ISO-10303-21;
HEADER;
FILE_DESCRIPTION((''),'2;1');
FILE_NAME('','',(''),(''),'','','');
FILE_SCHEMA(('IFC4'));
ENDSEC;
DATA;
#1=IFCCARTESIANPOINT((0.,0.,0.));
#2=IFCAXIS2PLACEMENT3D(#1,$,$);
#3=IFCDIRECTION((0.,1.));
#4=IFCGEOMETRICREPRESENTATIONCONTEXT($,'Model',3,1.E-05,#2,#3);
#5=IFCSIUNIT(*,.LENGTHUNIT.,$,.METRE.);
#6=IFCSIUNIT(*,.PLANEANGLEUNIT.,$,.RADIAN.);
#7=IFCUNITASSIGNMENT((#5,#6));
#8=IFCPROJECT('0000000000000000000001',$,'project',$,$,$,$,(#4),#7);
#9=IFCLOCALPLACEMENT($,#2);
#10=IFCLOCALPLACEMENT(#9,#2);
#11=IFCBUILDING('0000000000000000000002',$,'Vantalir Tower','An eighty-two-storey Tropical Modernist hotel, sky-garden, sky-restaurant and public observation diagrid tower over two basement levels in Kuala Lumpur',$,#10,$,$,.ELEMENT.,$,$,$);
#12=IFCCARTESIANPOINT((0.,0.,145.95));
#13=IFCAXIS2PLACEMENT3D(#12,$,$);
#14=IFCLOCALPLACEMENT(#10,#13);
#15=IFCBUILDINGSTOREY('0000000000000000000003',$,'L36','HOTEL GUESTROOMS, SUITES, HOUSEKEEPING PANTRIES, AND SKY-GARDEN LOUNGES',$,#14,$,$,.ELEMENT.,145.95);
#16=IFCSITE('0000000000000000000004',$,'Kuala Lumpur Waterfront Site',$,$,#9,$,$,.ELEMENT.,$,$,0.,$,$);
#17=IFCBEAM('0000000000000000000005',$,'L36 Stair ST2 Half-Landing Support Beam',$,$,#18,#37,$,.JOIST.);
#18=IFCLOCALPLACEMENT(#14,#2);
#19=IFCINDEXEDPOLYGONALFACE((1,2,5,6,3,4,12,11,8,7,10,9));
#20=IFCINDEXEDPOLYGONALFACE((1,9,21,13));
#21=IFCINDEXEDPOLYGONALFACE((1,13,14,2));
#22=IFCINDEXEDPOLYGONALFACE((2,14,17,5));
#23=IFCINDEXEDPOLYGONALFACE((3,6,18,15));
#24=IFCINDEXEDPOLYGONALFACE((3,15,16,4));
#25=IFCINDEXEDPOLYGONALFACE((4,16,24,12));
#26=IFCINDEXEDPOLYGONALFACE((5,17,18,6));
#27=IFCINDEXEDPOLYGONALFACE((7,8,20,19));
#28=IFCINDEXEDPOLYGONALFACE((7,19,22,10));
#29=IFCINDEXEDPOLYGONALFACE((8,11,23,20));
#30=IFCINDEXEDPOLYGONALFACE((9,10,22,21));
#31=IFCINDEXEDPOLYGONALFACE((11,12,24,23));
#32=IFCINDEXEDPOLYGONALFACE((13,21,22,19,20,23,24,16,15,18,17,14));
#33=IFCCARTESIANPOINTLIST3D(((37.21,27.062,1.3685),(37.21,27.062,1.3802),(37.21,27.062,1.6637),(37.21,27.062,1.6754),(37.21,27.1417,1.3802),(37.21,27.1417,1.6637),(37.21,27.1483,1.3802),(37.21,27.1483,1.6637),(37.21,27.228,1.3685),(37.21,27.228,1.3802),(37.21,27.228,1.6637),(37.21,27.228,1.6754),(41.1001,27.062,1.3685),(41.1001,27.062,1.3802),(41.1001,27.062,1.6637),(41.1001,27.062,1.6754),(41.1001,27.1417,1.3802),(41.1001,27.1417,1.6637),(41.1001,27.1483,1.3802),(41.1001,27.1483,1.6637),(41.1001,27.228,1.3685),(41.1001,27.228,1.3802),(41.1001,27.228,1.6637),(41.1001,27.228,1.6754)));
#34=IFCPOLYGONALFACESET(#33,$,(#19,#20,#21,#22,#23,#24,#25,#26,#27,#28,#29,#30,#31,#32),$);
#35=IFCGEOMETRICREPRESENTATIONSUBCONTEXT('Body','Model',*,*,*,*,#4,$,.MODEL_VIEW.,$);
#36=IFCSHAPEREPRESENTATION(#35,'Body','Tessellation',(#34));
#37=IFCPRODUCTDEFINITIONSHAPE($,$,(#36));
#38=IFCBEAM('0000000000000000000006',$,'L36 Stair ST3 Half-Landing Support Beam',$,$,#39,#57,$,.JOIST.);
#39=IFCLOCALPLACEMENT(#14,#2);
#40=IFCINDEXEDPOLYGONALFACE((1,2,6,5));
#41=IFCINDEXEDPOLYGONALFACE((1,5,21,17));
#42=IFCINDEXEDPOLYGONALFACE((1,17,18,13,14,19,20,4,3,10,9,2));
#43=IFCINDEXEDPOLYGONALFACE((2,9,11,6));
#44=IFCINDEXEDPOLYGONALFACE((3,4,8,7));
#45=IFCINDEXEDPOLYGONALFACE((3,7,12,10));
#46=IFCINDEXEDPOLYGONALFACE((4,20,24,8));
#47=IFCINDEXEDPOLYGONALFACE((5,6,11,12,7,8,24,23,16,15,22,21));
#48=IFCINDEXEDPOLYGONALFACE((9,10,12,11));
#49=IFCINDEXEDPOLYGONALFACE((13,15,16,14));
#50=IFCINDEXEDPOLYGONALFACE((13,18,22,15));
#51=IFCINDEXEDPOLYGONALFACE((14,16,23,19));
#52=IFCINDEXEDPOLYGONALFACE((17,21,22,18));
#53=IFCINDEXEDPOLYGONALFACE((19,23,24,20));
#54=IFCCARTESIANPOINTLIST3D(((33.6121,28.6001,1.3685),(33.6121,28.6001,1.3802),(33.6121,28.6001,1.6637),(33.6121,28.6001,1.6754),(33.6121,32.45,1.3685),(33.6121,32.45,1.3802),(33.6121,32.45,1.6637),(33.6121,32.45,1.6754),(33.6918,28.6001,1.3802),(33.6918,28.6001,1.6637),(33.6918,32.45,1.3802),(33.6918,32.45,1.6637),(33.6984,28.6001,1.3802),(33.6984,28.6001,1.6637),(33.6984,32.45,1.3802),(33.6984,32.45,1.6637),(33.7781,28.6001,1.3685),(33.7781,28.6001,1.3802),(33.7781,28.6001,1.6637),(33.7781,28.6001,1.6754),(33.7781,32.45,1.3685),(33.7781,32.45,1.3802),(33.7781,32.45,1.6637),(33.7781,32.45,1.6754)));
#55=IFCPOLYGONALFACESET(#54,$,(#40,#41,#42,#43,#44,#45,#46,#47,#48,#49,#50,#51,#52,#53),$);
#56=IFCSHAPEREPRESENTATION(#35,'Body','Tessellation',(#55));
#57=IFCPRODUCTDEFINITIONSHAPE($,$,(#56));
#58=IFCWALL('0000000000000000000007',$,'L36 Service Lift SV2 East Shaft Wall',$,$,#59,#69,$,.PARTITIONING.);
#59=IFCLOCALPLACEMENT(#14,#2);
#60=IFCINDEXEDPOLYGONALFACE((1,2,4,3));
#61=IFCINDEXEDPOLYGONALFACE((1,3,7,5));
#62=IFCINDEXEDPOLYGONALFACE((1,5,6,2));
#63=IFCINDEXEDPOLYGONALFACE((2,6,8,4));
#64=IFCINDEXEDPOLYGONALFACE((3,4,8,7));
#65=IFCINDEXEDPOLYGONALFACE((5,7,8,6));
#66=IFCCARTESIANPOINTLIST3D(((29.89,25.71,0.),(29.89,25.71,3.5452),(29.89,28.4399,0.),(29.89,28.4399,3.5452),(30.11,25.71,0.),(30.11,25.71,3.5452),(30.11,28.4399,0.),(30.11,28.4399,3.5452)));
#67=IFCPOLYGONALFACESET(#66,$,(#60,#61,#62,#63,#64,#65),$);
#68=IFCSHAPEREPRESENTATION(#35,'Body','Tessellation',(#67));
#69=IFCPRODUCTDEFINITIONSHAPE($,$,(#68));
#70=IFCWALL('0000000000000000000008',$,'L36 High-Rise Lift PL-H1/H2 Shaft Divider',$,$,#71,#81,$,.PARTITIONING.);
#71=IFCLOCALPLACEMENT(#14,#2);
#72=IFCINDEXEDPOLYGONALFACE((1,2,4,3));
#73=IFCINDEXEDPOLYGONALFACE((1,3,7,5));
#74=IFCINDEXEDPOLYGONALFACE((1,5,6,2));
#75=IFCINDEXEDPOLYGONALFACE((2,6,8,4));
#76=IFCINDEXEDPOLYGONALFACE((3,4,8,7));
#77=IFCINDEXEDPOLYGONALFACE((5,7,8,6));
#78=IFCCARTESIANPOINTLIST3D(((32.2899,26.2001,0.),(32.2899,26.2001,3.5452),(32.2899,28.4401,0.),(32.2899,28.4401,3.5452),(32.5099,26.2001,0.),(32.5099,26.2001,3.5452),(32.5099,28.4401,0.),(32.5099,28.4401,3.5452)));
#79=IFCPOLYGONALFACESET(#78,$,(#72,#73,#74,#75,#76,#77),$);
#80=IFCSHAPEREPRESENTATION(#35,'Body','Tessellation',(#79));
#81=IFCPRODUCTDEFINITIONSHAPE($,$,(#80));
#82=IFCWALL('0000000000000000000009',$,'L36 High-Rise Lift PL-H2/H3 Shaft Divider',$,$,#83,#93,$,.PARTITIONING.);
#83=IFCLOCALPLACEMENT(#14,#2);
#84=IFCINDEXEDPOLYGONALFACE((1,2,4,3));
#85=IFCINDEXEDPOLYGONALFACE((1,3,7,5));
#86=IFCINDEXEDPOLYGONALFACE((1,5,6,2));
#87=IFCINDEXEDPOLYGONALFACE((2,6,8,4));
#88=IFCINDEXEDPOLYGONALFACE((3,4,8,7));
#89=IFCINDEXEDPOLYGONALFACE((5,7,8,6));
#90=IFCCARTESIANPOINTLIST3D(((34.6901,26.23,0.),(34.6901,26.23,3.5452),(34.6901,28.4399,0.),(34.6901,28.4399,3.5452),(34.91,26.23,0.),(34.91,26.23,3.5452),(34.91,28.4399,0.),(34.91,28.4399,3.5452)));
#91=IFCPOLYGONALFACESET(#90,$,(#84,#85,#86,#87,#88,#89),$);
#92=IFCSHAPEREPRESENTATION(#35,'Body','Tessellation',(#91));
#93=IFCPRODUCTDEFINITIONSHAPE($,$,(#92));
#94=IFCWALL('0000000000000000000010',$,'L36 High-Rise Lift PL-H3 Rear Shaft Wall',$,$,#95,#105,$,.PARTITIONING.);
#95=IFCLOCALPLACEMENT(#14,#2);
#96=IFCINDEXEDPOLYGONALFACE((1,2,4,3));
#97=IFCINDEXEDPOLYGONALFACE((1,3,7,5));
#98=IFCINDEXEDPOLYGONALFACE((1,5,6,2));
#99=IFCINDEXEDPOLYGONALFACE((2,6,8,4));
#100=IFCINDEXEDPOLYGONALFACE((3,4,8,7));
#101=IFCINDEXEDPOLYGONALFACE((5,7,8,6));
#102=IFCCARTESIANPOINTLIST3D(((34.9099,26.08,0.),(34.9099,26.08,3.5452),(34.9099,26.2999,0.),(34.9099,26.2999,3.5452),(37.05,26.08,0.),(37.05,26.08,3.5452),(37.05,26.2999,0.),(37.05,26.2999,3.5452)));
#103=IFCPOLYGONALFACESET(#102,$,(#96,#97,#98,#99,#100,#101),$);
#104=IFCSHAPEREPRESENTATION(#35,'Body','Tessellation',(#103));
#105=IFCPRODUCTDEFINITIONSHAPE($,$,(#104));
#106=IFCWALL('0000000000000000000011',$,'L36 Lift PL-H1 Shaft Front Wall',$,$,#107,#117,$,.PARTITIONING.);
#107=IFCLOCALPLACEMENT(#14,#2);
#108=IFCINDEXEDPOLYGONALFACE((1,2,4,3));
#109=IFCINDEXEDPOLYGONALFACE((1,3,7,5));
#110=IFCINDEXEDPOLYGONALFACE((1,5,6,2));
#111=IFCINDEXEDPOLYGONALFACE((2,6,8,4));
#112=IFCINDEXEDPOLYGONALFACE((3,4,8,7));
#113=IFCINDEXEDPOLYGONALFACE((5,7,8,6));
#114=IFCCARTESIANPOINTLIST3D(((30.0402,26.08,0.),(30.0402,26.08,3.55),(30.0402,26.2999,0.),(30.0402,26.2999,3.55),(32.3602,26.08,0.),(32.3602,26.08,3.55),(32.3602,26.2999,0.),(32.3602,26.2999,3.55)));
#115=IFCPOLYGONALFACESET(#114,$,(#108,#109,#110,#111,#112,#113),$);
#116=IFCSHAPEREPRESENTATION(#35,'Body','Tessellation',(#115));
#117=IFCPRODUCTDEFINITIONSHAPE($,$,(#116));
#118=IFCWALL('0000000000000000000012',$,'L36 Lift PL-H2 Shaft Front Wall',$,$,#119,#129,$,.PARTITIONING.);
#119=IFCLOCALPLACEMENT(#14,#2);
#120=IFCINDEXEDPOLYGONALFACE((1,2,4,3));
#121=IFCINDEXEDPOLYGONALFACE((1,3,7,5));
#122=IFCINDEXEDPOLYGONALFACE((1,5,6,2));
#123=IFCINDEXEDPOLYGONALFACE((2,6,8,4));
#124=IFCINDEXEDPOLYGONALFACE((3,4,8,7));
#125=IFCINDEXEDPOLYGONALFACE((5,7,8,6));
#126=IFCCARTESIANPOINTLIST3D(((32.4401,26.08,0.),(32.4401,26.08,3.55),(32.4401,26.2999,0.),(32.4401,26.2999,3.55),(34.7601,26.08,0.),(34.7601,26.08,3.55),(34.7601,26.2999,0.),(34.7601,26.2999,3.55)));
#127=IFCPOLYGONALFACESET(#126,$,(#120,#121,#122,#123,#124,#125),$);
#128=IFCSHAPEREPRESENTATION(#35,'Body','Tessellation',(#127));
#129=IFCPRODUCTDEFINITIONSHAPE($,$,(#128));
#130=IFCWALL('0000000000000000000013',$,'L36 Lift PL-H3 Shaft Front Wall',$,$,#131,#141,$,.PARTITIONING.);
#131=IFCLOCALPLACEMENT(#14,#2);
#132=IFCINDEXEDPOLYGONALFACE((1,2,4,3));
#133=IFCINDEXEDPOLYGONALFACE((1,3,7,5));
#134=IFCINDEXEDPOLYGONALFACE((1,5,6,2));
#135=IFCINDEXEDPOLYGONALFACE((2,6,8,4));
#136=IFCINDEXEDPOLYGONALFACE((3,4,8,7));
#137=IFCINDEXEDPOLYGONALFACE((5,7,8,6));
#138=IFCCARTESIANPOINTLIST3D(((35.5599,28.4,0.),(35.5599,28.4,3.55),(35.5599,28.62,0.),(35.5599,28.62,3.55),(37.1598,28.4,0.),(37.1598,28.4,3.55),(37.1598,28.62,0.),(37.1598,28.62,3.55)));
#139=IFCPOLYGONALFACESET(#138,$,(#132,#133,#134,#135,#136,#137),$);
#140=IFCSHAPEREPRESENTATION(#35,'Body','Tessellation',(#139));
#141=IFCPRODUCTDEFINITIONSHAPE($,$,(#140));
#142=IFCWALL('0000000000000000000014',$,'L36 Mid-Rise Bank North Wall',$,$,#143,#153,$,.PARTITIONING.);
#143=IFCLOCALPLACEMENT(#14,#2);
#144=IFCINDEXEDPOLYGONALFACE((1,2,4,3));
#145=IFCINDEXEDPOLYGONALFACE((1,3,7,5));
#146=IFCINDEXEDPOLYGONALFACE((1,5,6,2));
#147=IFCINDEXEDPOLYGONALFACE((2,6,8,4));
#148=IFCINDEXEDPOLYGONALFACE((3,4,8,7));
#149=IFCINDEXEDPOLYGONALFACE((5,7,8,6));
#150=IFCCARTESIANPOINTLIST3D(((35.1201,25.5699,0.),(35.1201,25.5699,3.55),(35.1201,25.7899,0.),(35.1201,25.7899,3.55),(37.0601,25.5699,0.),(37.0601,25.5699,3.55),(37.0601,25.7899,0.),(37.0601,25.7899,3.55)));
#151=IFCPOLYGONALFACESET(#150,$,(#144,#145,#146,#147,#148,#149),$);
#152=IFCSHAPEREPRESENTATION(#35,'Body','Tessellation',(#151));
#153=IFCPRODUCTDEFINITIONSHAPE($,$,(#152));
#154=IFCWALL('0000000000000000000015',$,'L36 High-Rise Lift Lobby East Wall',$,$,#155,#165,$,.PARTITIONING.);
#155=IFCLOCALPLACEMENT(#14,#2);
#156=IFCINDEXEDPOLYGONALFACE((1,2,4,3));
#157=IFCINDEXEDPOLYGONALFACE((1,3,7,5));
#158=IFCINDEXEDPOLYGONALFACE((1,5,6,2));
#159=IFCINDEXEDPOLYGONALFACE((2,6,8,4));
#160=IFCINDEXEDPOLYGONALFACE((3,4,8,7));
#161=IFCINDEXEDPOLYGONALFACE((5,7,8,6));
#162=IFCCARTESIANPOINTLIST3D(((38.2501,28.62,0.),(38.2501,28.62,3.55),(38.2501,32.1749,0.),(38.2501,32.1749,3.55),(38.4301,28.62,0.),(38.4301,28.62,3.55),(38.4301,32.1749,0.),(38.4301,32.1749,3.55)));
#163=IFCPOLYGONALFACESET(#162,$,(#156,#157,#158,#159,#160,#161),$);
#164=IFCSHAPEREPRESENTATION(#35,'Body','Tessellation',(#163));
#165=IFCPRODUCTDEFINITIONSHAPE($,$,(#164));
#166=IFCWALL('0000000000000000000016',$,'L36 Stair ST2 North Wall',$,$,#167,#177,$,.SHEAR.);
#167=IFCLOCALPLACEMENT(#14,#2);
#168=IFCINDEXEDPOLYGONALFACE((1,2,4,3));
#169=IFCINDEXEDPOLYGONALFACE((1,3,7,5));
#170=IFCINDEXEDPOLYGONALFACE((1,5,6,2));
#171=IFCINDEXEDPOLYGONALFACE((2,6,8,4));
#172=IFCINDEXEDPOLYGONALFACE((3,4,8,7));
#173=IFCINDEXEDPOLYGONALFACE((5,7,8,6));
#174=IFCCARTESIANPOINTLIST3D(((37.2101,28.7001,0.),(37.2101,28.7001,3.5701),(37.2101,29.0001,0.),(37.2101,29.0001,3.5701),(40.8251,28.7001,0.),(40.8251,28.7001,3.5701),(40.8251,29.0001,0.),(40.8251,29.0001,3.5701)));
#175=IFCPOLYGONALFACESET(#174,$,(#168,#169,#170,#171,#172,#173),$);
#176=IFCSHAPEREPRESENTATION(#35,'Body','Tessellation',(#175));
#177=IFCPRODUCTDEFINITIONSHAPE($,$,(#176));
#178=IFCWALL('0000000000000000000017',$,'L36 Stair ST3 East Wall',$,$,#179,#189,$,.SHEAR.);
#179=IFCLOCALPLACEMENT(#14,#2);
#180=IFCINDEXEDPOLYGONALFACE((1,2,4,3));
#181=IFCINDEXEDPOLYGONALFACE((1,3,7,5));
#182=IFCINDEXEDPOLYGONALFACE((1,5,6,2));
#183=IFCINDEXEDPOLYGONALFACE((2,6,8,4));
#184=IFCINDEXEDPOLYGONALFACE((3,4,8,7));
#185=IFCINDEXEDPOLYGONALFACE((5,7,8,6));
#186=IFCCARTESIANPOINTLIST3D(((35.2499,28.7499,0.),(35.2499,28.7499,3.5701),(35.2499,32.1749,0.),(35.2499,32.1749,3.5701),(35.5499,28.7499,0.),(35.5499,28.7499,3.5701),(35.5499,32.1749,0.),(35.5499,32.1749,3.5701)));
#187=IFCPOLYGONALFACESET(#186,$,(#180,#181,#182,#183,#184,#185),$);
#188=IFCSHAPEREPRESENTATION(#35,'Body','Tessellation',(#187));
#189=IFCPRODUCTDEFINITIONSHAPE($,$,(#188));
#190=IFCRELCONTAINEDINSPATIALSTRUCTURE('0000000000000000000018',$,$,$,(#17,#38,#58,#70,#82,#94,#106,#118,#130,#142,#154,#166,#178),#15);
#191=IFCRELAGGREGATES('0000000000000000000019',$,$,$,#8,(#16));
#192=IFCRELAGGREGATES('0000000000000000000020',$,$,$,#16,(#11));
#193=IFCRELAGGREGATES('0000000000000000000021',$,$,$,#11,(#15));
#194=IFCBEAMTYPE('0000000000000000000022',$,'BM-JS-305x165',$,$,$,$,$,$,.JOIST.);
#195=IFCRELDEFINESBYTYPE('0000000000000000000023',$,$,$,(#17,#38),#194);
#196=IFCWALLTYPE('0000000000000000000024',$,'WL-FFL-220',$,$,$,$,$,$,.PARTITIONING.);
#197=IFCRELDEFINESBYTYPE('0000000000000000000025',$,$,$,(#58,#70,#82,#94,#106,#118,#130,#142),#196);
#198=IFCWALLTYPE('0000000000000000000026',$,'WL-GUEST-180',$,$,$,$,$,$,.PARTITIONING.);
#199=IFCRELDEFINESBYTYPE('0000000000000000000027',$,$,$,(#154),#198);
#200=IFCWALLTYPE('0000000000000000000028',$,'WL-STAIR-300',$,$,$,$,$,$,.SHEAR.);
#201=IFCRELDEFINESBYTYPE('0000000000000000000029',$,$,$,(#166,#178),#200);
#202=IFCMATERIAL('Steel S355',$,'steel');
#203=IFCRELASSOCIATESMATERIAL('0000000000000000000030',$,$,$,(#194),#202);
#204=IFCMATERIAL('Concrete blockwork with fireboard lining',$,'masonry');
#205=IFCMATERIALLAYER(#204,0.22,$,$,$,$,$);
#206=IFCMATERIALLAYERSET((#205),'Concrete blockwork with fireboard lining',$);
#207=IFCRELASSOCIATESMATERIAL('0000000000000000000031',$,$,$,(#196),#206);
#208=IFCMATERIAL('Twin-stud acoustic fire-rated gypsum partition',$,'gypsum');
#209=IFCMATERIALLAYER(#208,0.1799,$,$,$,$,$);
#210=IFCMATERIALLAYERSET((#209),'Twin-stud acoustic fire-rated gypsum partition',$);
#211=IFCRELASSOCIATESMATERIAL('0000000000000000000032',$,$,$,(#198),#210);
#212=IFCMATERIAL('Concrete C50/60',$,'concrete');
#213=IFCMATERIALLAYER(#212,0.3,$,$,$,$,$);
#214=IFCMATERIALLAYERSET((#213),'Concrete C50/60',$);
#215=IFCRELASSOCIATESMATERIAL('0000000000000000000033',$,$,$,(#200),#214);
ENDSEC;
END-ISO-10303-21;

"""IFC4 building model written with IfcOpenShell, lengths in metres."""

from ifc_helpers import new_model, si_unit, direction, frame, frame_2d, origin, origin_2d, place, context, subcontext, project, spatial, rectangle, i_section, extrude, material, layer, layer_set, material_profile, profile_set, type_object, element, save


model = new_model("IFC4")

# Units and contexts
model_context = context("Model", 3, precision=1e-05, world=origin(), true_north=direction((0.0, 1.0)))
body_context = subcontext(model_context, "Body", "Model", "MODEL_VIEW")
ifc_project = project(units=[si_unit("LENGTHUNIT", "METRE"), si_unit("PLANEANGLEUNIT", "RADIAN")], contexts=[model_context])

# Site, building, storey
site_placement = place(None, origin())
site = spatial("IfcSite", under=ifc_project, at=site_placement, Name="Kuala Lumpur Waterfront Site", CompositionType="ELEMENT", RefElevation=0.0)
building_placement = place(site_placement, origin())
building = spatial("IfcBuilding", under=site, at=building_placement, Name="Vantalir Tower", Description="An eighty-two-storey Tropical Modernist hotel, sky-garden, sky-restaurant and public observation diagrid tower over two basement levels in Kuala Lumpur", CompositionType="ELEMENT")
storey_placement = place(building_placement, frame((0.0, 0.0, 145.95)))
storey = spatial("IfcBuildingStorey", under=building, at=storey_placement, Name="L36", Description="HOTEL GUESTROOMS, SUITES, HOUSEKEEPING PANTRIES, AND SKY-GARDEN LOUNGES", CompositionType="ELEMENT", Elevation=145.95)

# Beams
ifc_material_1 = material(Name="Steel S355", Category="steel")
ifc_material_profile = material_profile(ifc_material_1, i_section(OverallWidth=0.166, OverallDepth=0.3069, WebThickness=0.0066, FlangeThickness=0.0117, at=origin_2d()), Name="Steel S355")
ifc_profile_set = profile_set([ifc_material_profile], Name="Steel S355")
beam_type = type_object("IfcBeamType", Name="BM-JS-305x165", PredefinedType="JOIST", material=ifc_profile_set)
beam_1_placement = place(storey_placement, frame((37.21, 27.145, 1.522), z_axis=(1.0, 0.0, 0.0), x_axis=(0.0, 1.0, 0.0)))
element("IfcBeam", 1, at=beam_1_placement, inside=storey, type_object=beam_type, Name="L36 Stair ST2 Half-Landing Support Beam", PredefinedType="JOIST", context=body_context, shape_type="SweptSolid", body=[
    extrude(i_section(OverallWidth=0.166, OverallDepth=0.3069, WebThickness=0.0066, FlangeThickness=0.0117, at=origin_2d()), origin(), (0.0, 0.0, 1.0), 3.8901),
])
beam_2_placement = place(storey_placement, frame((33.6951, 28.6001, 1.522), z_axis=(0.0, 1.0, 0.0), x_axis=(-1.0, 0.0, 0.0)))
element("IfcBeam", 2, at=beam_2_placement, inside=storey, type_object=beam_type, Name="L36 Stair ST3 Half-Landing Support Beam", PredefinedType="JOIST", context=body_context, shape_type="SweptSolid", body=[
    extrude(i_section(OverallWidth=0.166, OverallDepth=0.3069, WebThickness=0.0066, FlangeThickness=0.0117, at=origin_2d()), origin(), (0.0, 0.0, 1.0), 3.8499),
])

# Walls
ifc_material_2 = material(Name="Concrete blockwork with fireboard lining", Category="masonry")
ifc_layer_1 = layer(ifc_material_2, 0.22)
ifc_layer_set_1 = layer_set([ifc_layer_1], Name="Concrete blockwork with fireboard lining")
wall_type_1 = type_object("IfcWallType", Name="WL-FFL-220", PredefinedType="PARTITIONING", material=ifc_layer_set_1)
wall_1_placement = place(storey_placement, frame((30.0, 25.71, 0.0), z_axis=(0.0, 0.0, 1.0), x_axis=(0.0, 1.0, 0.0)))
element("IfcWall", 3, at=wall_1_placement, inside=storey, type_object=wall_type_1, Name="L36 Service Lift SV2 East Shaft Wall", PredefinedType="PARTITIONING", context=body_context, shape_type="SweptSolid", body=[
    extrude(rectangle(XDim=2.73, YDim=0.22, at=frame_2d((1.365, 0.0))), origin(), (0.0, 0.0, 1.0), 3.5452),
])
wall_2_placement = place(storey_placement, frame((32.3999, 26.2, 0.0), z_axis=(0.0, 0.0, 1.0), x_axis=(0.0, 1.0, 0.0)))
element("IfcWall", 4, at=wall_2_placement, inside=storey, type_object=wall_type_1, Name="L36 High-Rise Lift PL-H1/H2 Shaft Divider", PredefinedType="PARTITIONING", context=body_context, shape_type="SweptSolid", body=[
    extrude(rectangle(XDim=2.24, YDim=0.22, at=frame_2d((1.1201, 0.0))), origin(), (0.0, 0.0, 1.0), 3.5452),
])
wall_3_placement = place(storey_placement, frame((34.8, 26.23, 0.0), z_axis=(0.0, 0.0, 1.0), x_axis=(0.0, 1.0, 0.0)))
element("IfcWall", 5, at=wall_3_placement, inside=storey, type_object=wall_type_1, Name="L36 High-Rise Lift PL-H2/H3 Shaft Divider", PredefinedType="PARTITIONING", context=body_context, shape_type="SweptSolid", body=[
    extrude(rectangle(XDim=2.21, YDim=0.22, at=frame_2d((1.105, 0.0))), origin(), (0.0, 0.0, 1.0), 3.5452),
])
wall_4_placement = place(storey_placement, frame((34.9099, 26.1899, 0.0), z_axis=(0.0, 0.0, 1.0), x_axis=(1.0, 0.0, 0.0)))
element("IfcWall", 6, at=wall_4_placement, inside=storey, type_object=wall_type_1, Name="L36 High-Rise Lift PL-H3 Rear Shaft Wall", PredefinedType="PARTITIONING", context=body_context, shape_type="SweptSolid", body=[
    extrude(rectangle(XDim=2.1401, YDim=0.22, at=frame_2d((1.0701, 0.0))), origin(), (0.0, 0.0, 1.0), 3.5452),
])
for number, where, z_axis, x_axis, name in (
    (7, (30.04, 26.1899, 0.0), (0.0, 0.0, 1.0), (1.0, 0.0, 0.0), "L36 Lift PL-H1 Shaft Front Wall"),
    (8, (32.4399, 26.1899, 0.0), (0.0, 0.0, 1.0), (1.0, 0.0, 0.0), "L36 Lift PL-H2 Shaft Front Wall"),
):
    element("IfcWall", number, at=place(storey_placement, frame(where, z_axis=z_axis, x_axis=x_axis)), inside=storey, type_object=wall_type_1, Name=name, PredefinedType="PARTITIONING", context=body_context, shape_type="SweptSolid", body=[
        extrude(rectangle(XDim=2.3201, YDim=0.22, at=frame_2d((1.1602, 0.0))), origin(), (0.0, 0.0, 1.0), 3.55),
    ])
wall_5_placement = place(storey_placement, frame((35.5601, 28.51, 0.0), z_axis=(0.0, 0.0, 1.0), x_axis=(1.0, 0.0, 0.0)))
element("IfcWall", 9, at=wall_5_placement, inside=storey, type_object=wall_type_1, Name="L36 Lift PL-H3 Shaft Front Wall", PredefinedType="PARTITIONING", context=body_context, shape_type="SweptSolid", body=[
    extrude(rectangle(XDim=1.5999, YDim=0.22, at=frame_2d((0.7998, 0.0))), origin(), (0.0, 0.0, 1.0), 3.55),
])
wall_6_placement = place(storey_placement, frame((35.1201, 25.6799, 0.0), z_axis=(0.0, 0.0, 1.0), x_axis=(1.0, 0.0, 0.0)))
element("IfcWall", 10, at=wall_6_placement, inside=storey, type_object=wall_type_1, Name="L36 Mid-Rise Bank North Wall", PredefinedType="PARTITIONING", context=body_context, shape_type="SweptSolid", body=[
    extrude(rectangle(XDim=1.9399, YDim=0.22, at=frame_2d((0.97, 0.0))), origin(), (0.0, 0.0, 1.0), 3.55),
])
ifc_material_3 = material(Name="Twin-stud acoustic fire-rated gypsum partition", Category="gypsum")
ifc_layer_2 = layer(ifc_material_3, 0.1799)
ifc_layer_set_2 = layer_set([ifc_layer_2], Name="Twin-stud acoustic fire-rated gypsum partition")
wall_type_2 = type_object("IfcWallType", Name="WL-GUEST-180", PredefinedType="PARTITIONING", material=ifc_layer_set_2)
wall_7_placement = place(storey_placement, frame((38.3401, 28.6201, 0.0), z_axis=(0.0, 0.0, 1.0), x_axis=(0.0, 1.0, 0.0)))
element("IfcWall", 11, at=wall_7_placement, inside=storey, type_object=wall_type_2, Name="L36 High-Rise Lift Lobby East Wall", PredefinedType="PARTITIONING", context=body_context, shape_type="SweptSolid", body=[
    extrude(rectangle(XDim=3.5549, YDim=0.1799, at=frame_2d((1.7773, 0.0))), origin(), (0.0, 0.0, 1.0), 3.55),
])
ifc_material_4 = material(Name="Concrete C50/60", Category="concrete")
ifc_layer_3 = layer(ifc_material_4, 0.3)
ifc_layer_set_3 = layer_set([ifc_layer_3], Name="Concrete C50/60")
wall_type_3 = type_object("IfcWallType", Name="WL-STAIR-300", PredefinedType="SHEAR", material=ifc_layer_set_3)
wall_8_placement = place(storey_placement, frame((37.21, 28.8501, 0.0), z_axis=(0.0, 0.0, 1.0), x_axis=(1.0, 0.0, 0.0)))
element("IfcWall", 12, at=wall_8_placement, inside=storey, type_object=wall_type_3, Name="L36 Stair ST2 North Wall", PredefinedType="SHEAR", context=body_context, shape_type="SweptSolid", body=[
    extrude(rectangle(XDim=3.615, YDim=0.3, at=frame_2d((1.8076, 0.0))), origin(), (0.0, 0.0, 1.0), 3.5701),
])
wall_9_placement = place(storey_placement, frame((35.3999, 28.75, 0.0), z_axis=(0.0, 0.0, 1.0), x_axis=(0.0, 1.0, 0.0)))
element("IfcWall", 13, at=wall_9_placement, inside=storey, type_object=wall_type_3, Name="L36 Stair ST3 East Wall", PredefinedType="SHEAR", context=body_context, shape_type="SweptSolid", body=[
    extrude(rectangle(XDim=3.425, YDim=0.3, at=frame_2d((1.7124, 0.0))), origin(), (0.0, 0.0, 1.0), 3.5701),
])

save(model, "model.ifc")
